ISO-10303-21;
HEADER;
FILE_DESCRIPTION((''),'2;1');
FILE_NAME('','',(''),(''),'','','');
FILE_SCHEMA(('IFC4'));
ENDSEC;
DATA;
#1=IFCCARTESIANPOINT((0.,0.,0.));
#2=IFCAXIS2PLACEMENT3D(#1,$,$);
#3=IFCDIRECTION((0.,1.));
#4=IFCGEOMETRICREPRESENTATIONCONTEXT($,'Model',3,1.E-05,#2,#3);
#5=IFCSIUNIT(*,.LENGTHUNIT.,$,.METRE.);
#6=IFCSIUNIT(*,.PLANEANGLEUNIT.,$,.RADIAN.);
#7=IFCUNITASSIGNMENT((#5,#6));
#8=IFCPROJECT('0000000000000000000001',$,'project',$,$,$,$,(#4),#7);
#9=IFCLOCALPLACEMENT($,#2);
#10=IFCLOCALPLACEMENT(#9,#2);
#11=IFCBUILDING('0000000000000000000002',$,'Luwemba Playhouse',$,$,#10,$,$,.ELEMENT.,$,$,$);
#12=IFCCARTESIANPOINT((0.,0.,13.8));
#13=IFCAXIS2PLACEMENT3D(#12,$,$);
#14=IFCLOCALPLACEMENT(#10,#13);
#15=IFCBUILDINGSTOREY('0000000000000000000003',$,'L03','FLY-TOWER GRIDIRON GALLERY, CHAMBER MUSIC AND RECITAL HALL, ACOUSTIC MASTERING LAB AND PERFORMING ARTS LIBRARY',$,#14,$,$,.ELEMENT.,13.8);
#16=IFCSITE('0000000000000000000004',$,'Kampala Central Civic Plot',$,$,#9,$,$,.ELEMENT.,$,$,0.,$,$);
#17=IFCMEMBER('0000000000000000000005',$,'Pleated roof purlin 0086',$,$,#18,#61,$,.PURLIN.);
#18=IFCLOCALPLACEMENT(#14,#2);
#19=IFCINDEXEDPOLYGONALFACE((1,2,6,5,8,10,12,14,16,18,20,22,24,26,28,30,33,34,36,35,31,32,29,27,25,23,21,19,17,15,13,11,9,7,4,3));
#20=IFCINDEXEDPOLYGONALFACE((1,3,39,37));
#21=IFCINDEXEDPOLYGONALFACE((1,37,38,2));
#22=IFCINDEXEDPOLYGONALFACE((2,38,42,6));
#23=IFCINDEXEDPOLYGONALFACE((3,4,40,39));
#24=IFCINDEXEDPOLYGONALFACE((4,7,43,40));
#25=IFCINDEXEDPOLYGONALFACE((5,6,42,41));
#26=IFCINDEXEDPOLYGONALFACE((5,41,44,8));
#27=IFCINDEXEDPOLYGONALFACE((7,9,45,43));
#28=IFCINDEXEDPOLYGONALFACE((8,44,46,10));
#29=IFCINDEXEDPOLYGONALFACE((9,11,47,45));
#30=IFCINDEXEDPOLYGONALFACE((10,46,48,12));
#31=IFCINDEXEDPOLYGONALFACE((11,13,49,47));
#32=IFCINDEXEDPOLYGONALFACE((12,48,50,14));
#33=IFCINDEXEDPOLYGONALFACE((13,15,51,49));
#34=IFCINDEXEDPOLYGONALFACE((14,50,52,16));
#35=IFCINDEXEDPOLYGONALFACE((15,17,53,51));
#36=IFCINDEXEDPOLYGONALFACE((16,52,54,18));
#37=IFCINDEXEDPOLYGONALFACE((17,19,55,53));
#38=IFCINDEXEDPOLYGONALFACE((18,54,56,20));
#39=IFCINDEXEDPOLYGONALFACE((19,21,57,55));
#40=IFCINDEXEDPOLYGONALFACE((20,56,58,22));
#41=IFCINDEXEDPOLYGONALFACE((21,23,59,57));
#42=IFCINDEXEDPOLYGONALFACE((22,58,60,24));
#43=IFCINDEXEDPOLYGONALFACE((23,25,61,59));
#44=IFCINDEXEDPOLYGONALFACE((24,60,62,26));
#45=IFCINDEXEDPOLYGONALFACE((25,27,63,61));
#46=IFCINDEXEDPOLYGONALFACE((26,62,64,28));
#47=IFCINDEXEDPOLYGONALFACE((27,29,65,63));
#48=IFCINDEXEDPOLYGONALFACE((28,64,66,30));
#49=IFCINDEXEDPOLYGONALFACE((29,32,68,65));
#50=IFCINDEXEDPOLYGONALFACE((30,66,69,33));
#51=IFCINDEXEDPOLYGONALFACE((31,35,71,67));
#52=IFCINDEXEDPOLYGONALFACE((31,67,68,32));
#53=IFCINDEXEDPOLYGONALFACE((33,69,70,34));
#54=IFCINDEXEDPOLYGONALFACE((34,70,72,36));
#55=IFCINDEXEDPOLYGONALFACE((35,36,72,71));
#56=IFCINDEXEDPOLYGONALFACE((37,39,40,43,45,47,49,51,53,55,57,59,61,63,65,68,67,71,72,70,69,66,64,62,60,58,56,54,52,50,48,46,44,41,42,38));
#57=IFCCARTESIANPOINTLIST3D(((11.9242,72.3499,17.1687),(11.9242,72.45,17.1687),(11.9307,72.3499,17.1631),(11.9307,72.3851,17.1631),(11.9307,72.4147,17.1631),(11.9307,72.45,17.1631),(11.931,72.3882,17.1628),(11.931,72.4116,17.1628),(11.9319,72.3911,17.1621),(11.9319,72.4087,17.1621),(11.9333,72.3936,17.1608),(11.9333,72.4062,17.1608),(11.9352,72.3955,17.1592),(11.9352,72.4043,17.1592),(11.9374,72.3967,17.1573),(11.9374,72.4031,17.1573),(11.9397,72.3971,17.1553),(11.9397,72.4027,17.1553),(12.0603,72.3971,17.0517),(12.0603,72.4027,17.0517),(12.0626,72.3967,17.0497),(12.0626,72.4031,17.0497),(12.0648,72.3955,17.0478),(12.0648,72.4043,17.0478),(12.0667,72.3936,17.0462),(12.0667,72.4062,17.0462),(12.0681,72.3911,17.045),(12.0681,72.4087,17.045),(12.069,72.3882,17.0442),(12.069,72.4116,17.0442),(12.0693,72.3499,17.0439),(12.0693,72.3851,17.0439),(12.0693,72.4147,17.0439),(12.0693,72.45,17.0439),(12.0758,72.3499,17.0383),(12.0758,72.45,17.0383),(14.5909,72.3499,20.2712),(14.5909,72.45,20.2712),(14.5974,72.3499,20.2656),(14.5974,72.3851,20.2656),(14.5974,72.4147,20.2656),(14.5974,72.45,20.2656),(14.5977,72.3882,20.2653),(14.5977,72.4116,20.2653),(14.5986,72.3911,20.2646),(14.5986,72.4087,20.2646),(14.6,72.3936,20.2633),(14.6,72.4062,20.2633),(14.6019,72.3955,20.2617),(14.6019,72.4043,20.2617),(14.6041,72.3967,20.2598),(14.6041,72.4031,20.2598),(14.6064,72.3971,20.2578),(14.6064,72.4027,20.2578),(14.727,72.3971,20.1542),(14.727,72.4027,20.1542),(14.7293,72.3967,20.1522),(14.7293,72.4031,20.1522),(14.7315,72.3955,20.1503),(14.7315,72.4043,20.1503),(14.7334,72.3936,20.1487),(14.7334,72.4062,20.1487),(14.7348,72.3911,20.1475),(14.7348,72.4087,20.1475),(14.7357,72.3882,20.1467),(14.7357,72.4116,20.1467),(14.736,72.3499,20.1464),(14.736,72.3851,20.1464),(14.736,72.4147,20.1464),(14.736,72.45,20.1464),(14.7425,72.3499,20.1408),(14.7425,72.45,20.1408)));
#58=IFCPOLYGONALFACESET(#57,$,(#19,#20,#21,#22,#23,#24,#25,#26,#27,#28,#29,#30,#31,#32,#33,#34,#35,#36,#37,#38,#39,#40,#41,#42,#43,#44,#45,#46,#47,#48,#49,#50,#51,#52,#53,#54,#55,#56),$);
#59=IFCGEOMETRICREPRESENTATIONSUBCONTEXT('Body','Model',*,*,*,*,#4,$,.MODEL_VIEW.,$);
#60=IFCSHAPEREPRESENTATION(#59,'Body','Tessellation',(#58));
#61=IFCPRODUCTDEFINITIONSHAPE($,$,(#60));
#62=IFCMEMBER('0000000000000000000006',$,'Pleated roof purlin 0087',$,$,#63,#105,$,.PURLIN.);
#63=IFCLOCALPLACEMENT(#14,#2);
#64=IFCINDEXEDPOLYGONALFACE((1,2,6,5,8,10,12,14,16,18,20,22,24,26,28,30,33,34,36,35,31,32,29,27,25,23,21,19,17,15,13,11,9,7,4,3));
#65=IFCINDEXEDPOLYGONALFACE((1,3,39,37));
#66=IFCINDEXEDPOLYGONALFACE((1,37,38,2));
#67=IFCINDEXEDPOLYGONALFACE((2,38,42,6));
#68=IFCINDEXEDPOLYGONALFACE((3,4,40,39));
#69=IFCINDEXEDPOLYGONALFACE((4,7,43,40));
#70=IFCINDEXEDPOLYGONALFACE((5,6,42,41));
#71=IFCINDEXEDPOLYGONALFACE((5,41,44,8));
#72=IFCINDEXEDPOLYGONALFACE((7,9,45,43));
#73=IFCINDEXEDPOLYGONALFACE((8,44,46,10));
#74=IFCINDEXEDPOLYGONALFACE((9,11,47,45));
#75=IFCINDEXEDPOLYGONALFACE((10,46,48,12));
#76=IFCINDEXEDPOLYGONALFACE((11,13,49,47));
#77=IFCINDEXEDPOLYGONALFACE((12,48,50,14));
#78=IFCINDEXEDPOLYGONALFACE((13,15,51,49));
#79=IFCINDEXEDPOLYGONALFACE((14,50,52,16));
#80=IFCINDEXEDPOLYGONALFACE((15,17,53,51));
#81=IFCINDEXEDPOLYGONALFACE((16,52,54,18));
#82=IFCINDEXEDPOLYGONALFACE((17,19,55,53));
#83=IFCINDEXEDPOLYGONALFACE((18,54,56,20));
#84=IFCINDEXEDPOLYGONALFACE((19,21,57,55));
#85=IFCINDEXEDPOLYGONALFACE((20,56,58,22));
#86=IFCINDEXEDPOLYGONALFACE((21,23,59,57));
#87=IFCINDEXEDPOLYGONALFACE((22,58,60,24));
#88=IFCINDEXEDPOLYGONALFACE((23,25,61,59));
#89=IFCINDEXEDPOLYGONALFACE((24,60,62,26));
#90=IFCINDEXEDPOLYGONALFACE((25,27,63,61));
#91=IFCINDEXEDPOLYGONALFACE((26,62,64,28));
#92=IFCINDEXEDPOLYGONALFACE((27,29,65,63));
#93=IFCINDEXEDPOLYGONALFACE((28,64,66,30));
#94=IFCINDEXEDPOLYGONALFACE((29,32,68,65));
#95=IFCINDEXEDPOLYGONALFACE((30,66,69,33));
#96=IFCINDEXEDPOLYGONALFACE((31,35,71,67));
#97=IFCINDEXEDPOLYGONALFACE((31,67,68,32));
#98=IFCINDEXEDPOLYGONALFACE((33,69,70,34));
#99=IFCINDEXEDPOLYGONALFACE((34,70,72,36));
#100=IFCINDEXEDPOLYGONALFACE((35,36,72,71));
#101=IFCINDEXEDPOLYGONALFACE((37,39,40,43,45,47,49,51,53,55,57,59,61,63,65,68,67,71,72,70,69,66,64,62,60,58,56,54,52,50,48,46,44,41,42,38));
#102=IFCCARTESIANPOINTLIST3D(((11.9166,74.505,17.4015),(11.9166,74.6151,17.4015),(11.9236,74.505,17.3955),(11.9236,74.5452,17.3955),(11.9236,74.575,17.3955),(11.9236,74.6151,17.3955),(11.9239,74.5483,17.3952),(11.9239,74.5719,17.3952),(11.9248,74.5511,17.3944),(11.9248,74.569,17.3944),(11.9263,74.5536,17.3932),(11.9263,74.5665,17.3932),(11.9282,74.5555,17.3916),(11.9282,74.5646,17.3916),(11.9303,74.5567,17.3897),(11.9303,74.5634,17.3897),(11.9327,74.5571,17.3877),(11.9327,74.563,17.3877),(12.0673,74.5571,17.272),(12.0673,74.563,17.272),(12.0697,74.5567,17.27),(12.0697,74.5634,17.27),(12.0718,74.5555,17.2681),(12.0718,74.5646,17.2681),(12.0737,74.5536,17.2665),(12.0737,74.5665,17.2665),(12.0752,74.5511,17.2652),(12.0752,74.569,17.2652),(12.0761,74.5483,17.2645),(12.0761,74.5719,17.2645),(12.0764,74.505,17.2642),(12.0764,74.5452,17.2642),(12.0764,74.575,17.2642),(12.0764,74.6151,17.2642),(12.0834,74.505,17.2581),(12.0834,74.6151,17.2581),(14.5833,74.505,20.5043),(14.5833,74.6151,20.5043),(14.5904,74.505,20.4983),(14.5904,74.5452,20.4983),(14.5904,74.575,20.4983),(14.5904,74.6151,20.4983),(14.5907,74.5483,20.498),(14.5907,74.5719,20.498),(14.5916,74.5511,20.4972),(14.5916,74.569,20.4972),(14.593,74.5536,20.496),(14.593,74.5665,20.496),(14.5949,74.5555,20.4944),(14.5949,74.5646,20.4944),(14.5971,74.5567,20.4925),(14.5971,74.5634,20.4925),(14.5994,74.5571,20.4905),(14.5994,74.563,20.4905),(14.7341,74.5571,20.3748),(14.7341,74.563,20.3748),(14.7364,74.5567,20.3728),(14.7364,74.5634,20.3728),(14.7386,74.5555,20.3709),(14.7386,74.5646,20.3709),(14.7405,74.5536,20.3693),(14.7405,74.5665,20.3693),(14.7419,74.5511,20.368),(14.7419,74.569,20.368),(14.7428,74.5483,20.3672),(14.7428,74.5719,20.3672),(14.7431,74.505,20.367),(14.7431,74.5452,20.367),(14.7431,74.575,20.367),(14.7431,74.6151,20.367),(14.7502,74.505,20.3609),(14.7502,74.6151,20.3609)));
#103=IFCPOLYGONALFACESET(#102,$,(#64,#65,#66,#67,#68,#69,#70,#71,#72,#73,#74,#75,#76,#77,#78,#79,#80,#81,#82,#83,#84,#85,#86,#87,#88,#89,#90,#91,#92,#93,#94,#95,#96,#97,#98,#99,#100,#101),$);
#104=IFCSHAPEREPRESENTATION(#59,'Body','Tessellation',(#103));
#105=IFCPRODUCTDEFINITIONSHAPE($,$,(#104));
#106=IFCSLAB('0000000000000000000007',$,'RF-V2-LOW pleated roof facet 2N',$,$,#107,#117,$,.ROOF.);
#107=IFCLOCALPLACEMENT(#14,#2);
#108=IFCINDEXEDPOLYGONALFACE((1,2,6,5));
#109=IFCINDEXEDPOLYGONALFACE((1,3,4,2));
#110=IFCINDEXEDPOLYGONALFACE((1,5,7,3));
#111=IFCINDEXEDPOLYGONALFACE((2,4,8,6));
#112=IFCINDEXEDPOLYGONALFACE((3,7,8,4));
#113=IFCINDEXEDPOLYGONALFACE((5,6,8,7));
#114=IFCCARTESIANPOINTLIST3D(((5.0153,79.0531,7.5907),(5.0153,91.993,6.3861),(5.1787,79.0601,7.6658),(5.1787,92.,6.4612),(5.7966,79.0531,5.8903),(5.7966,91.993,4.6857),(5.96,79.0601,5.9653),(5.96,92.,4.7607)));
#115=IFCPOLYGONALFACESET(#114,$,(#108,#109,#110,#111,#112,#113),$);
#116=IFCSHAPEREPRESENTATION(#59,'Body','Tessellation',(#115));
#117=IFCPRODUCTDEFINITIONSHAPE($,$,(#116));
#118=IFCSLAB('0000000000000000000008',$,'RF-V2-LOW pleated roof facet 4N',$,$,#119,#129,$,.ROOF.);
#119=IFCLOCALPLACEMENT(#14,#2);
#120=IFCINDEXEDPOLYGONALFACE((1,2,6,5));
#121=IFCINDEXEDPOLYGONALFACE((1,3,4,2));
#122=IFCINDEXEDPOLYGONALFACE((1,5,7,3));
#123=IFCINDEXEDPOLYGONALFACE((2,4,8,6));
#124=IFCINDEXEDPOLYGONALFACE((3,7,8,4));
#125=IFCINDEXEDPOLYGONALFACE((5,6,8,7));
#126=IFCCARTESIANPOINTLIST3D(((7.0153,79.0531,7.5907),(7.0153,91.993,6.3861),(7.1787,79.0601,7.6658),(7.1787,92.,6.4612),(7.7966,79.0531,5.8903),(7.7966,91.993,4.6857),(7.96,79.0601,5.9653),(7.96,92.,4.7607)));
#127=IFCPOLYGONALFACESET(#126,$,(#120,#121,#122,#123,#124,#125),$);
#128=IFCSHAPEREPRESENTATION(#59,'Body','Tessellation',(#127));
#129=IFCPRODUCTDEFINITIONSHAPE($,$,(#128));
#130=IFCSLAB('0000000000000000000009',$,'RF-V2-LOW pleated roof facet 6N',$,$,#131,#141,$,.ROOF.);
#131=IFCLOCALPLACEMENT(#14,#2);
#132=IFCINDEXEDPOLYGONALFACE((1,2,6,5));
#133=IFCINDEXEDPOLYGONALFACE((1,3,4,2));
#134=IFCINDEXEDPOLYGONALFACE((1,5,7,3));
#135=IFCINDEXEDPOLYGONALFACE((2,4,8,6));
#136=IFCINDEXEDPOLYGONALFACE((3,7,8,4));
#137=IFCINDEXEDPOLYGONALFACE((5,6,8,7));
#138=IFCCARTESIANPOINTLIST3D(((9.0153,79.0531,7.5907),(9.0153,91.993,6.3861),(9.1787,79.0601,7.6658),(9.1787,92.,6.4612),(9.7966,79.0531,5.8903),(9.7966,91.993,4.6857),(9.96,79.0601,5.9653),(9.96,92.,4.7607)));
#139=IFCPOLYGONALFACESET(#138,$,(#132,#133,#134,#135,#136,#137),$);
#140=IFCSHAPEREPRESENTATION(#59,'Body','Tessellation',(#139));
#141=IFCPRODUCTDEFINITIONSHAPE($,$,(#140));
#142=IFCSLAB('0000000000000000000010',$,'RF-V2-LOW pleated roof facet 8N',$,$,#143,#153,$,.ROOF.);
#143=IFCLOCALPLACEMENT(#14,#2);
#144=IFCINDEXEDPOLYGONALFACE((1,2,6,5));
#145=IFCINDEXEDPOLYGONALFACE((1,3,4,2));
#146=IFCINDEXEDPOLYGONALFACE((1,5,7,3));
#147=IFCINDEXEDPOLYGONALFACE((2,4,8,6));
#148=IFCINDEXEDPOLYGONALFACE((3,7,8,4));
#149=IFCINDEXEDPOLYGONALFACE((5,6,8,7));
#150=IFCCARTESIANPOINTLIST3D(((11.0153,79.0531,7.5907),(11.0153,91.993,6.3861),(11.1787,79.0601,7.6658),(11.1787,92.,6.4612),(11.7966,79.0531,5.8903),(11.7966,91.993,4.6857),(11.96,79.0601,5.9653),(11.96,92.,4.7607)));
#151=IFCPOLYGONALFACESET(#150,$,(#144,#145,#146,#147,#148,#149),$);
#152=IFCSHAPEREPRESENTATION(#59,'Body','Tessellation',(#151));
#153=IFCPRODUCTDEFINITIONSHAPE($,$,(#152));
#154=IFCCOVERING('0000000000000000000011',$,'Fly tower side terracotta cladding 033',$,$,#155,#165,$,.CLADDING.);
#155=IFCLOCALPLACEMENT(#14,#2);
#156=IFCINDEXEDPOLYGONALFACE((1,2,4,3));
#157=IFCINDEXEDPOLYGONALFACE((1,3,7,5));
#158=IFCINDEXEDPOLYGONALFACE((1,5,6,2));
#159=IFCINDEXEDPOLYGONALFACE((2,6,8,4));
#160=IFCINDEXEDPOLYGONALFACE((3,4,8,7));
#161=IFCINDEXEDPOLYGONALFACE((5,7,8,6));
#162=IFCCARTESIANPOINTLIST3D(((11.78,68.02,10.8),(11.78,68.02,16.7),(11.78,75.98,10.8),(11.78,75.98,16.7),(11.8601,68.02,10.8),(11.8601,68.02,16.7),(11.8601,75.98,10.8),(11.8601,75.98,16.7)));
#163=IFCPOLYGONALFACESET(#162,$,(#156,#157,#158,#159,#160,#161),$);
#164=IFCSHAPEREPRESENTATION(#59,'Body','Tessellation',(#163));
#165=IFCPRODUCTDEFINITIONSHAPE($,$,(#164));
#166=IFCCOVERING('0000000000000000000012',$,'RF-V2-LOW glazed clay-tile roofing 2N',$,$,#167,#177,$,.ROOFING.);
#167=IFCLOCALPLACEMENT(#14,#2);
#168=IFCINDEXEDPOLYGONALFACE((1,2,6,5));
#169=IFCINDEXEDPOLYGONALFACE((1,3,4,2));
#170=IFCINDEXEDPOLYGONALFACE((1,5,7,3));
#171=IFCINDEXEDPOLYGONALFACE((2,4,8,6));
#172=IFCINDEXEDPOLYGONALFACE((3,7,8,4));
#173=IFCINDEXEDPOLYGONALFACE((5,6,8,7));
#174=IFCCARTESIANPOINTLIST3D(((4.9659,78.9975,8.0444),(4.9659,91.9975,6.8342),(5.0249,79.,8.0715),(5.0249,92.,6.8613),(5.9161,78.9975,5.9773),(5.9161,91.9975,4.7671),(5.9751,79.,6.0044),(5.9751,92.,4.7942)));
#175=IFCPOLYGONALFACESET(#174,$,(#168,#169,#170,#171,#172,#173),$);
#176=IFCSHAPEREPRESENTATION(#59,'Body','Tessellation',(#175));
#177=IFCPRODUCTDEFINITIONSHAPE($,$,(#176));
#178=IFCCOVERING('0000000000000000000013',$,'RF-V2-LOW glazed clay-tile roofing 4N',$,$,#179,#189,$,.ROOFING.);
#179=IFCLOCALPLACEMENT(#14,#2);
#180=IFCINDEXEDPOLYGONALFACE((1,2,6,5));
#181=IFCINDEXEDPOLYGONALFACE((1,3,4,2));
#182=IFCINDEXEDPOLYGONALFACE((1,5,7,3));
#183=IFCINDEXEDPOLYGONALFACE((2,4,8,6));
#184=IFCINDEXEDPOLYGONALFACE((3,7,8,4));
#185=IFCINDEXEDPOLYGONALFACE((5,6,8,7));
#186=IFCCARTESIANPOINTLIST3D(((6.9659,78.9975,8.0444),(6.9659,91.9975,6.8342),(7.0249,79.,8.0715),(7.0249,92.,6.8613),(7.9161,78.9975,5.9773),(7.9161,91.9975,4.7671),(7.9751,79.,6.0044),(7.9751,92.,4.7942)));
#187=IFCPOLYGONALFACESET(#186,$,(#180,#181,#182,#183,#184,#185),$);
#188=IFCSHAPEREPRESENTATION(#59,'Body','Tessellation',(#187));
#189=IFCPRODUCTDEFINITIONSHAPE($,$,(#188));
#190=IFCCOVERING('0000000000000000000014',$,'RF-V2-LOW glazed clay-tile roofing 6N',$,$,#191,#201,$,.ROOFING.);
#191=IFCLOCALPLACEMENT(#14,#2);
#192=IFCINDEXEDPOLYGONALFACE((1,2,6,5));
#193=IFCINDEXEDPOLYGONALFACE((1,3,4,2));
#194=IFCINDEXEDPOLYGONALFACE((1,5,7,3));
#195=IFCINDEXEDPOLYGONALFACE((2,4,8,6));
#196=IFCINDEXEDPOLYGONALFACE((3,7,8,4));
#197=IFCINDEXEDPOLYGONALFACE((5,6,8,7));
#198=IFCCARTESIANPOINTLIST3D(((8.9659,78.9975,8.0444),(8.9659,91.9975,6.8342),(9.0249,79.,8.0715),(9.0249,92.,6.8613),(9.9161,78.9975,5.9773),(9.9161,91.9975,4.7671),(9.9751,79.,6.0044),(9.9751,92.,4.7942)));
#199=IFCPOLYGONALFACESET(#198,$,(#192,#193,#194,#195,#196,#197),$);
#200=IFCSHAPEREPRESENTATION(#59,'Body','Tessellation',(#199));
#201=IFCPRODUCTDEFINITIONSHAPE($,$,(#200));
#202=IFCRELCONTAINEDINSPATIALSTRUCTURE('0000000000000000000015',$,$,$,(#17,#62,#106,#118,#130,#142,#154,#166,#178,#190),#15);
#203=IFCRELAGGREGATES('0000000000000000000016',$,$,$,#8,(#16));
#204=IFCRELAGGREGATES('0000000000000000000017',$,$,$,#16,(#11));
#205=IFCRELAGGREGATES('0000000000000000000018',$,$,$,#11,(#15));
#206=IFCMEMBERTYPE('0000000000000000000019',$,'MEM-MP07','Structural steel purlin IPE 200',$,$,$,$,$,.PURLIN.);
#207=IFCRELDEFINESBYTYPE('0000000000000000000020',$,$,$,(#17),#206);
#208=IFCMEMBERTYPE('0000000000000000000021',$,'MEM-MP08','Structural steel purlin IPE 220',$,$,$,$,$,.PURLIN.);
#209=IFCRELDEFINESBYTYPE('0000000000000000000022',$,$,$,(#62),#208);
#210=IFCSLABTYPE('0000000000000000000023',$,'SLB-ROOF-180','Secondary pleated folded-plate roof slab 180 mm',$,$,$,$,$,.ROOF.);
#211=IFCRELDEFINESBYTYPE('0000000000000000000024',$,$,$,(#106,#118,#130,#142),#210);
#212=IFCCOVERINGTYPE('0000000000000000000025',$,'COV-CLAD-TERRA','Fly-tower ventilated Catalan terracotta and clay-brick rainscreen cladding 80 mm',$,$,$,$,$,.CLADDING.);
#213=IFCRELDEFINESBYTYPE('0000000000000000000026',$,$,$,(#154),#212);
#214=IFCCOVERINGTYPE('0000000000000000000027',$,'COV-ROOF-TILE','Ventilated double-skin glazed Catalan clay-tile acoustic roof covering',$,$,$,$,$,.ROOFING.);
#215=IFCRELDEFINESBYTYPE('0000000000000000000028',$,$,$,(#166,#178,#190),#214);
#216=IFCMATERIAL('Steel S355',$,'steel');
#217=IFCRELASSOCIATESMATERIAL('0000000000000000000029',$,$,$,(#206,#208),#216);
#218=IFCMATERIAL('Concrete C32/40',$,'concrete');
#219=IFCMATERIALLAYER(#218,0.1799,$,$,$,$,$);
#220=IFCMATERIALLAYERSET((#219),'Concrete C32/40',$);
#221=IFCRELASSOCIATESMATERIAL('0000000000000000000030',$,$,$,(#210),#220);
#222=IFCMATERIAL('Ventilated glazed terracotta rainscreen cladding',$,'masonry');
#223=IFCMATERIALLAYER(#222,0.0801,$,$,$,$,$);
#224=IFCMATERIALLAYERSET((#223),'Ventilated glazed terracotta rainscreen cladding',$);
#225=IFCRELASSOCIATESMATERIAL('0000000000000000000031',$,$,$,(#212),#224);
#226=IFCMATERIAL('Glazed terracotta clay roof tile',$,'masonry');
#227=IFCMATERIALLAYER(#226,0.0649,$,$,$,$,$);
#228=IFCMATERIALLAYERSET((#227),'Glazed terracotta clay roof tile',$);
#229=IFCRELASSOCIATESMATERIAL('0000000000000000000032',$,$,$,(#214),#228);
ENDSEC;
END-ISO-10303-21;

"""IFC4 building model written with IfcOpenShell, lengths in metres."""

from ifc_helpers import new_model, si_unit, direction, frame, origin, origin_2d, place, context, subcontext, project, spatial, polyline, rectangle, i_section, outline, extrude, material, layer, layer_set, material_profile, profile_set, type_object, element, save


model = new_model("IFC4")

# Units and contexts
model_context = context("Model", 3, precision=1e-05, world=origin(), true_north=direction((0.0, 1.0)))
body_context = subcontext(model_context, "Body", "Model", "MODEL_VIEW")
ifc_project = project(units=[si_unit("LENGTHUNIT", "METRE"), si_unit("PLANEANGLEUNIT", "RADIAN")], contexts=[model_context])

# Site, building, storey
site_placement = place(None, origin())
site = spatial("IfcSite", under=ifc_project, at=site_placement, Name="Kampala Central Civic Plot", CompositionType="ELEMENT", RefElevation=0.0)
building_placement = place(site_placement, origin())
building = spatial("IfcBuilding", under=site, at=building_placement, Name="Luwemba Playhouse", CompositionType="ELEMENT")
storey_placement = place(building_placement, frame((0.0, 0.0, 13.8)))
storey = spatial("IfcBuildingStorey", under=building, at=storey_placement, Name="L03", Description="FLY-TOWER GRIDIRON GALLERY, CHAMBER MUSIC AND RECITAL HALL, ACOUSTIC MASTERING LAB AND PERFORMING ARTS LIBRARY", CompositionType="ELEMENT", Elevation=13.8)

# Shared definitions
ifc_material_1 = material(Name="Steel S355", Category="steel")

# Members
ifc_material_profile_1 = material_profile(ifc_material_1, i_section(OverallWidth=0.1001, OverallDepth=0.2, WebThickness=0.0056, FlangeThickness=0.0085, FilletRadius=0.012, at=origin_2d()))
ifc_profile_set_1 = profile_set([ifc_material_profile_1], Name="Steel S355")
member_type_1 = type_object("IfcMemberType", Name="MEM-MP07", Description="Structural steel purlin IPE 200", PredefinedType="PURLIN", material=ifc_profile_set_1)
member_1_placement = place(storey_placement, frame((12.0, 72.3999, 17.1035), z_axis=(0.651838, 0.0, 0.758359), x_axis=(0.0, 1.0, 0.0)))
element("IfcMember", 1, at=member_1_placement, inside=storey, type_object=member_type_1, Name="Pleated roof purlin 0086", PredefinedType="PURLIN", context=body_context, shape_type="SweptSolid", body=[
    extrude(i_section(OverallWidth=0.1001, OverallDepth=0.2, WebThickness=0.0056, FlangeThickness=0.0085, FilletRadius=0.012, at=origin_2d()), origin(), (0.0, 0.0, 1.0), 4.0911),
])
ifc_material_profile_2 = material_profile(ifc_material_1, i_section(OverallWidth=0.1101, OverallDepth=0.22, WebThickness=0.0059, FlangeThickness=0.0093, FilletRadius=0.012, at=origin_2d()))
ifc_profile_set_2 = profile_set([ifc_material_profile_2], Name="Steel S355")
member_type_2 = type_object("IfcMemberType", Name="MEM-MP08", Description="Structural steel purlin IPE 220", PredefinedType="PURLIN", material=ifc_profile_set_2)
member_2_placement = place(storey_placement, frame((12.0, 74.5601, 17.3298), z_axis=(0.651808, 0.0, 0.758384), x_axis=(0.0, 1.0, 0.0)))
element("IfcMember", 2, at=member_2_placement, inside=storey, type_object=member_type_2, Name="Pleated roof purlin 0087", PredefinedType="PURLIN", context=body_context, shape_type="SweptSolid", body=[
    extrude(i_section(OverallWidth=0.1101, OverallDepth=0.22, WebThickness=0.0059, FlangeThickness=0.0093, FilletRadius=0.012, at=origin_2d()), origin(), (0.0, 0.0, 1.0), 4.0913),
])

# Slabs
ifc_material_2 = material(Name="Concrete C32/40", Category="concrete")
ifc_layer_1 = layer(ifc_material_2, 0.1799)
ifc_layer_set_1 = layer_set([ifc_layer_1], Name="Concrete C32/40")
slab_type = type_object("IfcSlabType", Name="SLB-ROOF-180", Description="Secondary pleated folded-plate roof slab 180 mm", PredefinedType="ROOF", material=ifc_layer_set_1)
for number, where, z_axis, x_axis, name in (
    (3, (5.1787, 79.0601, 7.6658), (0.907998, 0.038835, 0.417171), (0.417486, 0.0, -0.908684), "RF-V2-LOW pleated roof facet 2N"),
    (4, (7.1787, 79.0601, 7.6658), (0.907998, 0.038835, 0.417171), (0.417486, 0.0, -0.908684), "RF-V2-LOW pleated roof facet 4N"),
    (5, (9.1787, 79.0601, 7.6658), (0.907998, 0.038835, 0.417171), (0.417486, 0.0, -0.908684), "RF-V2-LOW pleated roof facet 6N"),
    (6, (11.1787, 79.0601, 7.6658), (0.907998, 0.038835, 0.417171), (0.417486, 0.0, -0.908684), "RF-V2-LOW pleated roof facet 8N"),
):
    element("IfcSlab", number, at=place(storey_placement, frame(where, z_axis=z_axis, x_axis=x_axis)), inside=storey, type_object=slab_type, Name=name, PredefinedType="ROOF", context=body_context, shape_type="SweptSolid", body=[
        extrude(outline(polyline([(0.0, 0.0), (1.8713, 0.0), (2.9659, 12.9497), (1.0946, 12.9497), (0.0, 0.0)])), origin(), (0.0, 0.0, -1.0), 0.1799),
    ])

# Coverings
ifc_material_3 = material(Name="Ventilated glazed terracotta rainscreen cladding", Category="masonry")
ifc_layer_2 = layer(ifc_material_3, 0.0801)
ifc_layer_set_2 = layer_set([ifc_layer_2], Name="Ventilated glazed terracotta rainscreen cladding")
covering_type_1 = type_object("IfcCoveringType", Name="COV-CLAD-TERRA", Description="Fly-tower ventilated Catalan terracotta and clay-brick rainscreen cladding 80 mm", PredefinedType="CLADDING", material=ifc_layer_set_2)
covering_placement = place(storey_placement, frame((11.8201, 72.0, 10.8), z_axis=(0.0, 0.0, 1.0), x_axis=(0.0, 1.0, 0.0)))
element("IfcCovering", 7, at=covering_placement, inside=storey, type_object=covering_type_1, Name="Fly tower side terracotta cladding 033", PredefinedType="CLADDING", context=body_context, shape_type="SweptSolid", body=[
    extrude(rectangle(XDim=7.96, YDim=0.0801, at=origin_2d()), origin(), (0.0, 0.0, 1.0), 5.8999),
])
ifc_material_4 = material(Name="Glazed terracotta clay roof tile", Category="masonry")
ifc_layer_3 = layer(ifc_material_4, 0.0649)
ifc_layer_set_3 = layer_set([ifc_layer_3], Name="Glazed terracotta clay roof tile")
covering_type_2 = type_object("IfcCoveringType", Name="COV-ROOF-TILE", Description="Ventilated double-skin glazed Catalan clay-tile acoustic roof covering", PredefinedType="ROOFING", material=ifc_layer_set_3)
for number, where, z_axis, x_axis, name in (
    (8, (5.0249, 79.0, 8.0715), (0.907919, 0.038851, 0.41734), (0.417656, 0.0, -0.908605), "RF-V2-LOW glazed clay-tile roofing 2N"),
    (9, (7.0249, 79.0, 8.0715), (0.907919, 0.038851, 0.41734), (0.417656, 0.0, -0.908605), "RF-V2-LOW glazed clay-tile roofing 4N"),
    (10, (9.0249, 79.0, 8.0715), (0.907919, 0.038851, 0.41734), (0.417656, 0.0, -0.908605), "RF-V2-LOW glazed clay-tile roofing 6N"),
):
    element("IfcCovering", number, at=place(storey_placement, frame(where, z_axis=z_axis, x_axis=x_axis)), inside=storey, type_object=covering_type_2, Name=name, PredefinedType="ROOFING", context=body_context, shape_type="SweptSolid", body=[
        extrude(outline(polyline([(0.0, 0.0), (2.2751, 0.0), (3.3747, 13.0098), (1.0996, 13.0098), (0.0, 0.0)])), origin(), (0.0, 0.0, -1.0), 0.0649),
    ])

save(model, "model.ifc")
